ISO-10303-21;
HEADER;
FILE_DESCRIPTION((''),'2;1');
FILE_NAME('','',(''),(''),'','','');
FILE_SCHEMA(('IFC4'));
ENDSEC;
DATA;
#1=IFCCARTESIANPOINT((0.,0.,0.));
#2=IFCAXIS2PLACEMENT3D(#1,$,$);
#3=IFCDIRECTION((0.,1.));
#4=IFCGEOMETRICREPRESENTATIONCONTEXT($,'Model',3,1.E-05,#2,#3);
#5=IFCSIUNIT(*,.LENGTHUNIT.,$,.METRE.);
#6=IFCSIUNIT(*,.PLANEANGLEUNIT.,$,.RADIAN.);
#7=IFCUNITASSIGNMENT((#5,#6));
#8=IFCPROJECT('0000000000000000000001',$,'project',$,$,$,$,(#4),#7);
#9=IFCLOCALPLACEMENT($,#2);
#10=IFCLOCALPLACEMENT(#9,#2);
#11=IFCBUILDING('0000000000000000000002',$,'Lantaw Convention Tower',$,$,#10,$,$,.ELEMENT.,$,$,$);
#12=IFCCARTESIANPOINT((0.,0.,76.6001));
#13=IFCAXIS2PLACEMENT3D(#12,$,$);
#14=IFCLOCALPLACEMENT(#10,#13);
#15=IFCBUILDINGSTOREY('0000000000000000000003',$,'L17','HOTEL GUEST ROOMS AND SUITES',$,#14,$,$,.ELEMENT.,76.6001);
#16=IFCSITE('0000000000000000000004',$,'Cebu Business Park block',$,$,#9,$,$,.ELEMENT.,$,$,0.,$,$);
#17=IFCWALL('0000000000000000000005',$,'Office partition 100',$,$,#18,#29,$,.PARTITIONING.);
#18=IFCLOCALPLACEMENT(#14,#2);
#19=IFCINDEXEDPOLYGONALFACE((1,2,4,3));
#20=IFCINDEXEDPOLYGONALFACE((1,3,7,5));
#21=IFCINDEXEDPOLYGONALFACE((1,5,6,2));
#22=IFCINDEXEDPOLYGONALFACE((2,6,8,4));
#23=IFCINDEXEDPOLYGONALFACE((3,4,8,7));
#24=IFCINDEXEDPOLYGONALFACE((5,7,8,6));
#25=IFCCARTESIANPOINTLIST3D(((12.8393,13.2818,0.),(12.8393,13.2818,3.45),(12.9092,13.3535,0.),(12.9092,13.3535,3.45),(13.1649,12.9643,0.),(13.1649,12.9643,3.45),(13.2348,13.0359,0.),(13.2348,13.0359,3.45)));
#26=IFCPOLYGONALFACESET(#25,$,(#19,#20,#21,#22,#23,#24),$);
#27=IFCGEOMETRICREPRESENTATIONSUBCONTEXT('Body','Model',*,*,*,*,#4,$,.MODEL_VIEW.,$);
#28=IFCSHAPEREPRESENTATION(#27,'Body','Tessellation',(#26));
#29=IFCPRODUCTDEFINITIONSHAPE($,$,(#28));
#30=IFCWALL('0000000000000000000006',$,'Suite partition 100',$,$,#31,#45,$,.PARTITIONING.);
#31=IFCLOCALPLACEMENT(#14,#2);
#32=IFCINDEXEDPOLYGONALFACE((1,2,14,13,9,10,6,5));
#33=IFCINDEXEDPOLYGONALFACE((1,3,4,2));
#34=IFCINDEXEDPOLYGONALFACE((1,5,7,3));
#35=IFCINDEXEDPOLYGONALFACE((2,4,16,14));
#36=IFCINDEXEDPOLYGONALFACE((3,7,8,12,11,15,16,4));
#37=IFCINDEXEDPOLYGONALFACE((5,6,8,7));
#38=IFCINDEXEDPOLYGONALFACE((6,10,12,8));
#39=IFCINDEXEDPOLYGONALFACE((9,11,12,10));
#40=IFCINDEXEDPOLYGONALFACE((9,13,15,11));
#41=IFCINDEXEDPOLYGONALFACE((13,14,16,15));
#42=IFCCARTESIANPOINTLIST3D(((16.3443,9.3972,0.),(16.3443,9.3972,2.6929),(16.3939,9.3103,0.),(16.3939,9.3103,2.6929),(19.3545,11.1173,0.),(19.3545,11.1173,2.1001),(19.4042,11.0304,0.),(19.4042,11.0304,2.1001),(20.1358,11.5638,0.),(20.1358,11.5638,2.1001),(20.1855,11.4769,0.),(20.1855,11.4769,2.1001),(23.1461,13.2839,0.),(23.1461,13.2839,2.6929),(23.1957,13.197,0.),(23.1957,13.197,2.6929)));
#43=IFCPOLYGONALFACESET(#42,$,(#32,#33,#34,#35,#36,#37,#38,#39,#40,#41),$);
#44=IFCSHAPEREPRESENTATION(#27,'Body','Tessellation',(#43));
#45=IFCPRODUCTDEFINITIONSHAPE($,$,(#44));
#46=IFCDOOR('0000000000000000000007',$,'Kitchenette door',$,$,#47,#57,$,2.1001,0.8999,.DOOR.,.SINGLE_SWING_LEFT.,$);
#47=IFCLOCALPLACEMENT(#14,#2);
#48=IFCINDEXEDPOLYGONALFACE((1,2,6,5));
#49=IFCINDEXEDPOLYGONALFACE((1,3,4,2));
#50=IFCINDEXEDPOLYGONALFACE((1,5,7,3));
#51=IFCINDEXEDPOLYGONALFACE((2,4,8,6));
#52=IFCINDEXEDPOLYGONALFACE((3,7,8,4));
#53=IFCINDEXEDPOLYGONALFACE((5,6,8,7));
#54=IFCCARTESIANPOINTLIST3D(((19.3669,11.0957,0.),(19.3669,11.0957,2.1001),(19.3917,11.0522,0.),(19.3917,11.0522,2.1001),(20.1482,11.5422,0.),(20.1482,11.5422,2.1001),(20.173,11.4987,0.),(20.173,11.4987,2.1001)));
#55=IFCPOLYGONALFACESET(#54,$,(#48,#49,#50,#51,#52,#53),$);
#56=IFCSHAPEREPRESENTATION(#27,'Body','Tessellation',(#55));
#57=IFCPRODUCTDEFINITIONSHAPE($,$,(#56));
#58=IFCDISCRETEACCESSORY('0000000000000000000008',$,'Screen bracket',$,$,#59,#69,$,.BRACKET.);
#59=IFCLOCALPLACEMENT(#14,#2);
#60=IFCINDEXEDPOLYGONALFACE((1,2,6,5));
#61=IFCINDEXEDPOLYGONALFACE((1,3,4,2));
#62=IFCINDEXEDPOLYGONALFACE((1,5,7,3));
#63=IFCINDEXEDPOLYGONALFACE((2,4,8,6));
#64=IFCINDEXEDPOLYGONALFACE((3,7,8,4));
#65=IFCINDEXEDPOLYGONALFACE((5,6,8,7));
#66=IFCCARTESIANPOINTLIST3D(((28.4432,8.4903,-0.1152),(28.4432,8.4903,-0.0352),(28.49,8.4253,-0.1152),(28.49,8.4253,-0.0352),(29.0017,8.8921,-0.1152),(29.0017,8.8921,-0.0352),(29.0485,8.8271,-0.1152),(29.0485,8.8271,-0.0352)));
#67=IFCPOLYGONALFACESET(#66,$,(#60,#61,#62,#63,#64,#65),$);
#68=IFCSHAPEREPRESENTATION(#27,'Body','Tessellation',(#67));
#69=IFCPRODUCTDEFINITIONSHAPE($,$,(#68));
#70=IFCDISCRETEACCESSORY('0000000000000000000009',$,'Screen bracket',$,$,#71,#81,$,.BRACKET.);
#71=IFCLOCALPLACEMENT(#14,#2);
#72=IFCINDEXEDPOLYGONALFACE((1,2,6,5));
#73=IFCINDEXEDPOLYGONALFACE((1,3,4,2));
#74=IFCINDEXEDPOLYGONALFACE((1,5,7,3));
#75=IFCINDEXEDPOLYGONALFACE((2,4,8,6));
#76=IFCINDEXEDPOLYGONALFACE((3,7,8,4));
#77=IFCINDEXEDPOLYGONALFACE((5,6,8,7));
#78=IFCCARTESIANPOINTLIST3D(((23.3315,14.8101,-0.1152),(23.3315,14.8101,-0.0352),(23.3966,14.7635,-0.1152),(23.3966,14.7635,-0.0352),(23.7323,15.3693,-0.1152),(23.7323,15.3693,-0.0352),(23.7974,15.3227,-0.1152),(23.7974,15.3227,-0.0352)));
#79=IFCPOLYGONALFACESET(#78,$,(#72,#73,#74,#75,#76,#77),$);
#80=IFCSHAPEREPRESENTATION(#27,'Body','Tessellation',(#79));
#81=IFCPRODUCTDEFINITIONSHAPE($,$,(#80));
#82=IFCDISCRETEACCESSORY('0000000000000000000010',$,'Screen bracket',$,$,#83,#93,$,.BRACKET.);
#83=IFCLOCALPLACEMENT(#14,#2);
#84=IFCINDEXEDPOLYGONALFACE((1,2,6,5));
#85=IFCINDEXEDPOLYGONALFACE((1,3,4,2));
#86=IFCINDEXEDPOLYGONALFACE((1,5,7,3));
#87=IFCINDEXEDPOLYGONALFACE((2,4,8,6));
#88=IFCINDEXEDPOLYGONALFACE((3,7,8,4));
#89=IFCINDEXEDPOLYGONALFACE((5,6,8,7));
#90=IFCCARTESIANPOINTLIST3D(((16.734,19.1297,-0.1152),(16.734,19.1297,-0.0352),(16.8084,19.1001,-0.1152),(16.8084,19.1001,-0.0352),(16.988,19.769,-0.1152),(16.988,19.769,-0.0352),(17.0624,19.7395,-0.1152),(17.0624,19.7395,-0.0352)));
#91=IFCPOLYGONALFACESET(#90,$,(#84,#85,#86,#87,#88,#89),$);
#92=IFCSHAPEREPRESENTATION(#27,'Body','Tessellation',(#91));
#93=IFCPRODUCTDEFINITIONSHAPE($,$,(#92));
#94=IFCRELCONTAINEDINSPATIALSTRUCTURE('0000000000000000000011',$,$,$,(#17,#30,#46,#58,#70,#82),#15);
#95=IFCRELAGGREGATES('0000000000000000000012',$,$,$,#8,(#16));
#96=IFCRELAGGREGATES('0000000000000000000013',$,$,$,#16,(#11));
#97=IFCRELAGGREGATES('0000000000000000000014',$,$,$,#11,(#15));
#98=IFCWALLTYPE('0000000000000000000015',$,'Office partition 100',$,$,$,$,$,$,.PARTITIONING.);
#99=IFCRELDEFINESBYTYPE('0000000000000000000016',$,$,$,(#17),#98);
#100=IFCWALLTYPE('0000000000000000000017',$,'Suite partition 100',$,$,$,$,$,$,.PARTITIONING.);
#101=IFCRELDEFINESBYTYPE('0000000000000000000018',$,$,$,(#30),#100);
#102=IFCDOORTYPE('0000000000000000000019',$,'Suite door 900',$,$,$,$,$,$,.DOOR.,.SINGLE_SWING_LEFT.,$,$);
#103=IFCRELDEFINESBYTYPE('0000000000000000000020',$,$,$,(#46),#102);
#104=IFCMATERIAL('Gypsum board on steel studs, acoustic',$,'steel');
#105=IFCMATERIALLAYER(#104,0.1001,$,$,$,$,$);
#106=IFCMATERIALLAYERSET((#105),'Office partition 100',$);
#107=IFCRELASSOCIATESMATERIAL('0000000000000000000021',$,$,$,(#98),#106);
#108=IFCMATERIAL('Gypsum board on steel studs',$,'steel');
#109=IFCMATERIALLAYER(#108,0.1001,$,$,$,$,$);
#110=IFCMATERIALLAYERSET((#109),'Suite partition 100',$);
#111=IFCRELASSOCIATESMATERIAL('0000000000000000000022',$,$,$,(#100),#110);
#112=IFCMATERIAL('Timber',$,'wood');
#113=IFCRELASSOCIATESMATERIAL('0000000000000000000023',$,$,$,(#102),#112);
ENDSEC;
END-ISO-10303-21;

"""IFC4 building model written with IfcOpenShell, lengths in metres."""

from ifc_helpers import new_model, si_unit, direction, frame, frame_2d, origin, origin_2d, place, context, subcontext, project, spatial, rectangle, extrude, material, layer, layer_set, type_object, element, fill, save


model = new_model("IFC4")

# Units and contexts
model_context = context("Model", 3, precision=1e-05, world=origin(), true_north=direction((0.0, 1.0)))
body_context = subcontext(model_context, "Body", "Model", "MODEL_VIEW")
ifc_project = project(units=[si_unit("LENGTHUNIT", "METRE"), si_unit("PLANEANGLEUNIT", "RADIAN")], contexts=[model_context])

# Site, building, storey
site_placement = place(None, origin())
site = spatial("IfcSite", under=ifc_project, at=site_placement, Name="Cebu Business Park block", CompositionType="ELEMENT", RefElevation=0.0)
building_placement = place(site_placement, origin())
building = spatial("IfcBuilding", under=site, at=building_placement, Name="Lantaw Convention Tower", CompositionType="ELEMENT")
storey_placement = place(building_placement, frame((0.0, 0.0, 76.6001)))
storey = spatial("IfcBuildingStorey", under=building, at=storey_placement, Name="L17", Description="HOTEL GUEST ROOMS AND SUITES", CompositionType="ELEMENT", Elevation=76.6001)

# Wall
ifc_material_1 = material(Name="Gypsum board on steel studs, acoustic", Category="steel")
ifc_layer_1 = layer(ifc_material_1, 0.1001)
ifc_layer_set_1 = layer_set([ifc_layer_1], Name="Office partition 100")
wall_type_1 = type_object("IfcWallType", Name="Office partition 100", PredefinedType="PARTITIONING", material=ifc_layer_set_1)
wall_1_placement = place(storey_placement, frame((13.2, 13.0, 0.0), z_axis=(0.0, 0.0, 1.0), x_axis=(-0.715906, 0.698196, 0.0)))
element("IfcWall", 1, at=wall_1_placement, inside=storey, type_object=wall_type_1, Name="Office partition 100", PredefinedType="PARTITIONING", context=body_context, shape_type="SweptSolid", body=[
    extrude(rectangle(XDim=0.4548, YDim=0.1001, at=frame_2d((0.2275, 0.0))), origin(), (0.0, 0.0, 1.0), 3.45),
])

# Wall, opening, door
ifc_material_2 = material(Name="Gypsum board on steel studs", Category="steel")
ifc_layer_2 = layer(ifc_material_2, 0.1001)
ifc_layer_set_2 = layer_set([ifc_layer_2], Name="Suite partition 100")
wall_type_2 = type_object("IfcWallType", Name="Suite partition 100", PredefinedType="PARTITIONING", material=ifc_layer_set_2)
wall_2_placement = place(storey_placement, frame((23.1709, 13.2405, 0.0), z_axis=(0.0, 0.0, 1.0), x_axis=(-0.868243, -0.496139, 0.0)))
wall_2 = element("IfcWall", 2, at=wall_2_placement, inside=storey, type_object=wall_type_2, Name="Suite partition 100", PredefinedType="PARTITIONING", context=body_context, shape_type="SweptSolid", body=[
    extrude(rectangle(XDim=7.834, YDim=0.1001, at=frame_2d((3.917, 0.0))), origin(), (0.0, 0.0, 1.0), 2.6929),
])
opening_1_placement = place(wall_2_placement, frame((3.467, 0.0, 0.0)))
opening_1 = element("IfcOpeningElement", 3, at=opening_1_placement, cuts=wall_2, PredefinedType="OPENING", context=body_context, shape_type="SweptSolid", body=[
    extrude(rectangle(XDim=0.8999, YDim=2.1001, at=frame_2d((0.45, 1.05))), frame((0.0, 0.0601, 0.0), z_axis=(0.0, -1.0, 0.0), x_axis=(1.0, 0.0, 0.0)), (0.0, 0.0, 1.0), 0.1201),
])
ifc_material_3 = material(Name="Timber", Category="wood")
door_type = type_object("IfcDoorType", Name="Suite door 900", OperationType="SINGLE_SWING_LEFT", PredefinedType="DOOR", material=ifc_material_3)
door_placement = place(opening_1_placement, origin())
door = element("IfcDoor", 4, at=door_placement, inside=storey, type_object=door_type, Name="Kitchenette door", OperationType="SINGLE_SWING_LEFT", OverallHeight=2.1001, OverallWidth=0.8999, PredefinedType="DOOR", context=body_context, shape_type="SweptSolid", body=[
    extrude(rectangle(XDim=0.8999, YDim=2.1001, at=frame_2d((0.45, 1.05))), frame((0.0, 0.0249, 0.0), z_axis=(0.0, -1.0, 0.0), x_axis=(1.0, 0.0, 0.0)), (0.0, 0.0, 1.0), 0.05),
])
fill(opening_1, door)

# Discrete accessories
for number, where, z_axis, x_axis, name in (
    (5, (28.7458, 8.6587, -0.1152), (0.0, 0.0, 1.0), (-0.583951, 0.811789, 0.0), "Screen bracket"),
    (6, (23.5645, 15.0664, -0.1152), (0.0, 0.0, 1.0), (-0.812804, 0.582538, 0.0), "Screen bracket"),
    (7, (16.8982, 19.4346, -0.1152), (0.0, 0.0, 1.0), (-0.929361, 0.369172, 0.0), "Screen bracket"),
):
    element("IfcDiscreteAccessory", number, at=place(storey_placement, frame(where, z_axis=z_axis, x_axis=x_axis)), inside=storey, Name=name, PredefinedType="BRACKET", context=body_context, shape_type="SweptSolid", body=[
        extrude(rectangle(XDim=0.0801, YDim=0.688, at=origin_2d()), origin(), (0.0, 0.0, 1.0), 0.0801),
    ])

save(model, "model.ifc")
